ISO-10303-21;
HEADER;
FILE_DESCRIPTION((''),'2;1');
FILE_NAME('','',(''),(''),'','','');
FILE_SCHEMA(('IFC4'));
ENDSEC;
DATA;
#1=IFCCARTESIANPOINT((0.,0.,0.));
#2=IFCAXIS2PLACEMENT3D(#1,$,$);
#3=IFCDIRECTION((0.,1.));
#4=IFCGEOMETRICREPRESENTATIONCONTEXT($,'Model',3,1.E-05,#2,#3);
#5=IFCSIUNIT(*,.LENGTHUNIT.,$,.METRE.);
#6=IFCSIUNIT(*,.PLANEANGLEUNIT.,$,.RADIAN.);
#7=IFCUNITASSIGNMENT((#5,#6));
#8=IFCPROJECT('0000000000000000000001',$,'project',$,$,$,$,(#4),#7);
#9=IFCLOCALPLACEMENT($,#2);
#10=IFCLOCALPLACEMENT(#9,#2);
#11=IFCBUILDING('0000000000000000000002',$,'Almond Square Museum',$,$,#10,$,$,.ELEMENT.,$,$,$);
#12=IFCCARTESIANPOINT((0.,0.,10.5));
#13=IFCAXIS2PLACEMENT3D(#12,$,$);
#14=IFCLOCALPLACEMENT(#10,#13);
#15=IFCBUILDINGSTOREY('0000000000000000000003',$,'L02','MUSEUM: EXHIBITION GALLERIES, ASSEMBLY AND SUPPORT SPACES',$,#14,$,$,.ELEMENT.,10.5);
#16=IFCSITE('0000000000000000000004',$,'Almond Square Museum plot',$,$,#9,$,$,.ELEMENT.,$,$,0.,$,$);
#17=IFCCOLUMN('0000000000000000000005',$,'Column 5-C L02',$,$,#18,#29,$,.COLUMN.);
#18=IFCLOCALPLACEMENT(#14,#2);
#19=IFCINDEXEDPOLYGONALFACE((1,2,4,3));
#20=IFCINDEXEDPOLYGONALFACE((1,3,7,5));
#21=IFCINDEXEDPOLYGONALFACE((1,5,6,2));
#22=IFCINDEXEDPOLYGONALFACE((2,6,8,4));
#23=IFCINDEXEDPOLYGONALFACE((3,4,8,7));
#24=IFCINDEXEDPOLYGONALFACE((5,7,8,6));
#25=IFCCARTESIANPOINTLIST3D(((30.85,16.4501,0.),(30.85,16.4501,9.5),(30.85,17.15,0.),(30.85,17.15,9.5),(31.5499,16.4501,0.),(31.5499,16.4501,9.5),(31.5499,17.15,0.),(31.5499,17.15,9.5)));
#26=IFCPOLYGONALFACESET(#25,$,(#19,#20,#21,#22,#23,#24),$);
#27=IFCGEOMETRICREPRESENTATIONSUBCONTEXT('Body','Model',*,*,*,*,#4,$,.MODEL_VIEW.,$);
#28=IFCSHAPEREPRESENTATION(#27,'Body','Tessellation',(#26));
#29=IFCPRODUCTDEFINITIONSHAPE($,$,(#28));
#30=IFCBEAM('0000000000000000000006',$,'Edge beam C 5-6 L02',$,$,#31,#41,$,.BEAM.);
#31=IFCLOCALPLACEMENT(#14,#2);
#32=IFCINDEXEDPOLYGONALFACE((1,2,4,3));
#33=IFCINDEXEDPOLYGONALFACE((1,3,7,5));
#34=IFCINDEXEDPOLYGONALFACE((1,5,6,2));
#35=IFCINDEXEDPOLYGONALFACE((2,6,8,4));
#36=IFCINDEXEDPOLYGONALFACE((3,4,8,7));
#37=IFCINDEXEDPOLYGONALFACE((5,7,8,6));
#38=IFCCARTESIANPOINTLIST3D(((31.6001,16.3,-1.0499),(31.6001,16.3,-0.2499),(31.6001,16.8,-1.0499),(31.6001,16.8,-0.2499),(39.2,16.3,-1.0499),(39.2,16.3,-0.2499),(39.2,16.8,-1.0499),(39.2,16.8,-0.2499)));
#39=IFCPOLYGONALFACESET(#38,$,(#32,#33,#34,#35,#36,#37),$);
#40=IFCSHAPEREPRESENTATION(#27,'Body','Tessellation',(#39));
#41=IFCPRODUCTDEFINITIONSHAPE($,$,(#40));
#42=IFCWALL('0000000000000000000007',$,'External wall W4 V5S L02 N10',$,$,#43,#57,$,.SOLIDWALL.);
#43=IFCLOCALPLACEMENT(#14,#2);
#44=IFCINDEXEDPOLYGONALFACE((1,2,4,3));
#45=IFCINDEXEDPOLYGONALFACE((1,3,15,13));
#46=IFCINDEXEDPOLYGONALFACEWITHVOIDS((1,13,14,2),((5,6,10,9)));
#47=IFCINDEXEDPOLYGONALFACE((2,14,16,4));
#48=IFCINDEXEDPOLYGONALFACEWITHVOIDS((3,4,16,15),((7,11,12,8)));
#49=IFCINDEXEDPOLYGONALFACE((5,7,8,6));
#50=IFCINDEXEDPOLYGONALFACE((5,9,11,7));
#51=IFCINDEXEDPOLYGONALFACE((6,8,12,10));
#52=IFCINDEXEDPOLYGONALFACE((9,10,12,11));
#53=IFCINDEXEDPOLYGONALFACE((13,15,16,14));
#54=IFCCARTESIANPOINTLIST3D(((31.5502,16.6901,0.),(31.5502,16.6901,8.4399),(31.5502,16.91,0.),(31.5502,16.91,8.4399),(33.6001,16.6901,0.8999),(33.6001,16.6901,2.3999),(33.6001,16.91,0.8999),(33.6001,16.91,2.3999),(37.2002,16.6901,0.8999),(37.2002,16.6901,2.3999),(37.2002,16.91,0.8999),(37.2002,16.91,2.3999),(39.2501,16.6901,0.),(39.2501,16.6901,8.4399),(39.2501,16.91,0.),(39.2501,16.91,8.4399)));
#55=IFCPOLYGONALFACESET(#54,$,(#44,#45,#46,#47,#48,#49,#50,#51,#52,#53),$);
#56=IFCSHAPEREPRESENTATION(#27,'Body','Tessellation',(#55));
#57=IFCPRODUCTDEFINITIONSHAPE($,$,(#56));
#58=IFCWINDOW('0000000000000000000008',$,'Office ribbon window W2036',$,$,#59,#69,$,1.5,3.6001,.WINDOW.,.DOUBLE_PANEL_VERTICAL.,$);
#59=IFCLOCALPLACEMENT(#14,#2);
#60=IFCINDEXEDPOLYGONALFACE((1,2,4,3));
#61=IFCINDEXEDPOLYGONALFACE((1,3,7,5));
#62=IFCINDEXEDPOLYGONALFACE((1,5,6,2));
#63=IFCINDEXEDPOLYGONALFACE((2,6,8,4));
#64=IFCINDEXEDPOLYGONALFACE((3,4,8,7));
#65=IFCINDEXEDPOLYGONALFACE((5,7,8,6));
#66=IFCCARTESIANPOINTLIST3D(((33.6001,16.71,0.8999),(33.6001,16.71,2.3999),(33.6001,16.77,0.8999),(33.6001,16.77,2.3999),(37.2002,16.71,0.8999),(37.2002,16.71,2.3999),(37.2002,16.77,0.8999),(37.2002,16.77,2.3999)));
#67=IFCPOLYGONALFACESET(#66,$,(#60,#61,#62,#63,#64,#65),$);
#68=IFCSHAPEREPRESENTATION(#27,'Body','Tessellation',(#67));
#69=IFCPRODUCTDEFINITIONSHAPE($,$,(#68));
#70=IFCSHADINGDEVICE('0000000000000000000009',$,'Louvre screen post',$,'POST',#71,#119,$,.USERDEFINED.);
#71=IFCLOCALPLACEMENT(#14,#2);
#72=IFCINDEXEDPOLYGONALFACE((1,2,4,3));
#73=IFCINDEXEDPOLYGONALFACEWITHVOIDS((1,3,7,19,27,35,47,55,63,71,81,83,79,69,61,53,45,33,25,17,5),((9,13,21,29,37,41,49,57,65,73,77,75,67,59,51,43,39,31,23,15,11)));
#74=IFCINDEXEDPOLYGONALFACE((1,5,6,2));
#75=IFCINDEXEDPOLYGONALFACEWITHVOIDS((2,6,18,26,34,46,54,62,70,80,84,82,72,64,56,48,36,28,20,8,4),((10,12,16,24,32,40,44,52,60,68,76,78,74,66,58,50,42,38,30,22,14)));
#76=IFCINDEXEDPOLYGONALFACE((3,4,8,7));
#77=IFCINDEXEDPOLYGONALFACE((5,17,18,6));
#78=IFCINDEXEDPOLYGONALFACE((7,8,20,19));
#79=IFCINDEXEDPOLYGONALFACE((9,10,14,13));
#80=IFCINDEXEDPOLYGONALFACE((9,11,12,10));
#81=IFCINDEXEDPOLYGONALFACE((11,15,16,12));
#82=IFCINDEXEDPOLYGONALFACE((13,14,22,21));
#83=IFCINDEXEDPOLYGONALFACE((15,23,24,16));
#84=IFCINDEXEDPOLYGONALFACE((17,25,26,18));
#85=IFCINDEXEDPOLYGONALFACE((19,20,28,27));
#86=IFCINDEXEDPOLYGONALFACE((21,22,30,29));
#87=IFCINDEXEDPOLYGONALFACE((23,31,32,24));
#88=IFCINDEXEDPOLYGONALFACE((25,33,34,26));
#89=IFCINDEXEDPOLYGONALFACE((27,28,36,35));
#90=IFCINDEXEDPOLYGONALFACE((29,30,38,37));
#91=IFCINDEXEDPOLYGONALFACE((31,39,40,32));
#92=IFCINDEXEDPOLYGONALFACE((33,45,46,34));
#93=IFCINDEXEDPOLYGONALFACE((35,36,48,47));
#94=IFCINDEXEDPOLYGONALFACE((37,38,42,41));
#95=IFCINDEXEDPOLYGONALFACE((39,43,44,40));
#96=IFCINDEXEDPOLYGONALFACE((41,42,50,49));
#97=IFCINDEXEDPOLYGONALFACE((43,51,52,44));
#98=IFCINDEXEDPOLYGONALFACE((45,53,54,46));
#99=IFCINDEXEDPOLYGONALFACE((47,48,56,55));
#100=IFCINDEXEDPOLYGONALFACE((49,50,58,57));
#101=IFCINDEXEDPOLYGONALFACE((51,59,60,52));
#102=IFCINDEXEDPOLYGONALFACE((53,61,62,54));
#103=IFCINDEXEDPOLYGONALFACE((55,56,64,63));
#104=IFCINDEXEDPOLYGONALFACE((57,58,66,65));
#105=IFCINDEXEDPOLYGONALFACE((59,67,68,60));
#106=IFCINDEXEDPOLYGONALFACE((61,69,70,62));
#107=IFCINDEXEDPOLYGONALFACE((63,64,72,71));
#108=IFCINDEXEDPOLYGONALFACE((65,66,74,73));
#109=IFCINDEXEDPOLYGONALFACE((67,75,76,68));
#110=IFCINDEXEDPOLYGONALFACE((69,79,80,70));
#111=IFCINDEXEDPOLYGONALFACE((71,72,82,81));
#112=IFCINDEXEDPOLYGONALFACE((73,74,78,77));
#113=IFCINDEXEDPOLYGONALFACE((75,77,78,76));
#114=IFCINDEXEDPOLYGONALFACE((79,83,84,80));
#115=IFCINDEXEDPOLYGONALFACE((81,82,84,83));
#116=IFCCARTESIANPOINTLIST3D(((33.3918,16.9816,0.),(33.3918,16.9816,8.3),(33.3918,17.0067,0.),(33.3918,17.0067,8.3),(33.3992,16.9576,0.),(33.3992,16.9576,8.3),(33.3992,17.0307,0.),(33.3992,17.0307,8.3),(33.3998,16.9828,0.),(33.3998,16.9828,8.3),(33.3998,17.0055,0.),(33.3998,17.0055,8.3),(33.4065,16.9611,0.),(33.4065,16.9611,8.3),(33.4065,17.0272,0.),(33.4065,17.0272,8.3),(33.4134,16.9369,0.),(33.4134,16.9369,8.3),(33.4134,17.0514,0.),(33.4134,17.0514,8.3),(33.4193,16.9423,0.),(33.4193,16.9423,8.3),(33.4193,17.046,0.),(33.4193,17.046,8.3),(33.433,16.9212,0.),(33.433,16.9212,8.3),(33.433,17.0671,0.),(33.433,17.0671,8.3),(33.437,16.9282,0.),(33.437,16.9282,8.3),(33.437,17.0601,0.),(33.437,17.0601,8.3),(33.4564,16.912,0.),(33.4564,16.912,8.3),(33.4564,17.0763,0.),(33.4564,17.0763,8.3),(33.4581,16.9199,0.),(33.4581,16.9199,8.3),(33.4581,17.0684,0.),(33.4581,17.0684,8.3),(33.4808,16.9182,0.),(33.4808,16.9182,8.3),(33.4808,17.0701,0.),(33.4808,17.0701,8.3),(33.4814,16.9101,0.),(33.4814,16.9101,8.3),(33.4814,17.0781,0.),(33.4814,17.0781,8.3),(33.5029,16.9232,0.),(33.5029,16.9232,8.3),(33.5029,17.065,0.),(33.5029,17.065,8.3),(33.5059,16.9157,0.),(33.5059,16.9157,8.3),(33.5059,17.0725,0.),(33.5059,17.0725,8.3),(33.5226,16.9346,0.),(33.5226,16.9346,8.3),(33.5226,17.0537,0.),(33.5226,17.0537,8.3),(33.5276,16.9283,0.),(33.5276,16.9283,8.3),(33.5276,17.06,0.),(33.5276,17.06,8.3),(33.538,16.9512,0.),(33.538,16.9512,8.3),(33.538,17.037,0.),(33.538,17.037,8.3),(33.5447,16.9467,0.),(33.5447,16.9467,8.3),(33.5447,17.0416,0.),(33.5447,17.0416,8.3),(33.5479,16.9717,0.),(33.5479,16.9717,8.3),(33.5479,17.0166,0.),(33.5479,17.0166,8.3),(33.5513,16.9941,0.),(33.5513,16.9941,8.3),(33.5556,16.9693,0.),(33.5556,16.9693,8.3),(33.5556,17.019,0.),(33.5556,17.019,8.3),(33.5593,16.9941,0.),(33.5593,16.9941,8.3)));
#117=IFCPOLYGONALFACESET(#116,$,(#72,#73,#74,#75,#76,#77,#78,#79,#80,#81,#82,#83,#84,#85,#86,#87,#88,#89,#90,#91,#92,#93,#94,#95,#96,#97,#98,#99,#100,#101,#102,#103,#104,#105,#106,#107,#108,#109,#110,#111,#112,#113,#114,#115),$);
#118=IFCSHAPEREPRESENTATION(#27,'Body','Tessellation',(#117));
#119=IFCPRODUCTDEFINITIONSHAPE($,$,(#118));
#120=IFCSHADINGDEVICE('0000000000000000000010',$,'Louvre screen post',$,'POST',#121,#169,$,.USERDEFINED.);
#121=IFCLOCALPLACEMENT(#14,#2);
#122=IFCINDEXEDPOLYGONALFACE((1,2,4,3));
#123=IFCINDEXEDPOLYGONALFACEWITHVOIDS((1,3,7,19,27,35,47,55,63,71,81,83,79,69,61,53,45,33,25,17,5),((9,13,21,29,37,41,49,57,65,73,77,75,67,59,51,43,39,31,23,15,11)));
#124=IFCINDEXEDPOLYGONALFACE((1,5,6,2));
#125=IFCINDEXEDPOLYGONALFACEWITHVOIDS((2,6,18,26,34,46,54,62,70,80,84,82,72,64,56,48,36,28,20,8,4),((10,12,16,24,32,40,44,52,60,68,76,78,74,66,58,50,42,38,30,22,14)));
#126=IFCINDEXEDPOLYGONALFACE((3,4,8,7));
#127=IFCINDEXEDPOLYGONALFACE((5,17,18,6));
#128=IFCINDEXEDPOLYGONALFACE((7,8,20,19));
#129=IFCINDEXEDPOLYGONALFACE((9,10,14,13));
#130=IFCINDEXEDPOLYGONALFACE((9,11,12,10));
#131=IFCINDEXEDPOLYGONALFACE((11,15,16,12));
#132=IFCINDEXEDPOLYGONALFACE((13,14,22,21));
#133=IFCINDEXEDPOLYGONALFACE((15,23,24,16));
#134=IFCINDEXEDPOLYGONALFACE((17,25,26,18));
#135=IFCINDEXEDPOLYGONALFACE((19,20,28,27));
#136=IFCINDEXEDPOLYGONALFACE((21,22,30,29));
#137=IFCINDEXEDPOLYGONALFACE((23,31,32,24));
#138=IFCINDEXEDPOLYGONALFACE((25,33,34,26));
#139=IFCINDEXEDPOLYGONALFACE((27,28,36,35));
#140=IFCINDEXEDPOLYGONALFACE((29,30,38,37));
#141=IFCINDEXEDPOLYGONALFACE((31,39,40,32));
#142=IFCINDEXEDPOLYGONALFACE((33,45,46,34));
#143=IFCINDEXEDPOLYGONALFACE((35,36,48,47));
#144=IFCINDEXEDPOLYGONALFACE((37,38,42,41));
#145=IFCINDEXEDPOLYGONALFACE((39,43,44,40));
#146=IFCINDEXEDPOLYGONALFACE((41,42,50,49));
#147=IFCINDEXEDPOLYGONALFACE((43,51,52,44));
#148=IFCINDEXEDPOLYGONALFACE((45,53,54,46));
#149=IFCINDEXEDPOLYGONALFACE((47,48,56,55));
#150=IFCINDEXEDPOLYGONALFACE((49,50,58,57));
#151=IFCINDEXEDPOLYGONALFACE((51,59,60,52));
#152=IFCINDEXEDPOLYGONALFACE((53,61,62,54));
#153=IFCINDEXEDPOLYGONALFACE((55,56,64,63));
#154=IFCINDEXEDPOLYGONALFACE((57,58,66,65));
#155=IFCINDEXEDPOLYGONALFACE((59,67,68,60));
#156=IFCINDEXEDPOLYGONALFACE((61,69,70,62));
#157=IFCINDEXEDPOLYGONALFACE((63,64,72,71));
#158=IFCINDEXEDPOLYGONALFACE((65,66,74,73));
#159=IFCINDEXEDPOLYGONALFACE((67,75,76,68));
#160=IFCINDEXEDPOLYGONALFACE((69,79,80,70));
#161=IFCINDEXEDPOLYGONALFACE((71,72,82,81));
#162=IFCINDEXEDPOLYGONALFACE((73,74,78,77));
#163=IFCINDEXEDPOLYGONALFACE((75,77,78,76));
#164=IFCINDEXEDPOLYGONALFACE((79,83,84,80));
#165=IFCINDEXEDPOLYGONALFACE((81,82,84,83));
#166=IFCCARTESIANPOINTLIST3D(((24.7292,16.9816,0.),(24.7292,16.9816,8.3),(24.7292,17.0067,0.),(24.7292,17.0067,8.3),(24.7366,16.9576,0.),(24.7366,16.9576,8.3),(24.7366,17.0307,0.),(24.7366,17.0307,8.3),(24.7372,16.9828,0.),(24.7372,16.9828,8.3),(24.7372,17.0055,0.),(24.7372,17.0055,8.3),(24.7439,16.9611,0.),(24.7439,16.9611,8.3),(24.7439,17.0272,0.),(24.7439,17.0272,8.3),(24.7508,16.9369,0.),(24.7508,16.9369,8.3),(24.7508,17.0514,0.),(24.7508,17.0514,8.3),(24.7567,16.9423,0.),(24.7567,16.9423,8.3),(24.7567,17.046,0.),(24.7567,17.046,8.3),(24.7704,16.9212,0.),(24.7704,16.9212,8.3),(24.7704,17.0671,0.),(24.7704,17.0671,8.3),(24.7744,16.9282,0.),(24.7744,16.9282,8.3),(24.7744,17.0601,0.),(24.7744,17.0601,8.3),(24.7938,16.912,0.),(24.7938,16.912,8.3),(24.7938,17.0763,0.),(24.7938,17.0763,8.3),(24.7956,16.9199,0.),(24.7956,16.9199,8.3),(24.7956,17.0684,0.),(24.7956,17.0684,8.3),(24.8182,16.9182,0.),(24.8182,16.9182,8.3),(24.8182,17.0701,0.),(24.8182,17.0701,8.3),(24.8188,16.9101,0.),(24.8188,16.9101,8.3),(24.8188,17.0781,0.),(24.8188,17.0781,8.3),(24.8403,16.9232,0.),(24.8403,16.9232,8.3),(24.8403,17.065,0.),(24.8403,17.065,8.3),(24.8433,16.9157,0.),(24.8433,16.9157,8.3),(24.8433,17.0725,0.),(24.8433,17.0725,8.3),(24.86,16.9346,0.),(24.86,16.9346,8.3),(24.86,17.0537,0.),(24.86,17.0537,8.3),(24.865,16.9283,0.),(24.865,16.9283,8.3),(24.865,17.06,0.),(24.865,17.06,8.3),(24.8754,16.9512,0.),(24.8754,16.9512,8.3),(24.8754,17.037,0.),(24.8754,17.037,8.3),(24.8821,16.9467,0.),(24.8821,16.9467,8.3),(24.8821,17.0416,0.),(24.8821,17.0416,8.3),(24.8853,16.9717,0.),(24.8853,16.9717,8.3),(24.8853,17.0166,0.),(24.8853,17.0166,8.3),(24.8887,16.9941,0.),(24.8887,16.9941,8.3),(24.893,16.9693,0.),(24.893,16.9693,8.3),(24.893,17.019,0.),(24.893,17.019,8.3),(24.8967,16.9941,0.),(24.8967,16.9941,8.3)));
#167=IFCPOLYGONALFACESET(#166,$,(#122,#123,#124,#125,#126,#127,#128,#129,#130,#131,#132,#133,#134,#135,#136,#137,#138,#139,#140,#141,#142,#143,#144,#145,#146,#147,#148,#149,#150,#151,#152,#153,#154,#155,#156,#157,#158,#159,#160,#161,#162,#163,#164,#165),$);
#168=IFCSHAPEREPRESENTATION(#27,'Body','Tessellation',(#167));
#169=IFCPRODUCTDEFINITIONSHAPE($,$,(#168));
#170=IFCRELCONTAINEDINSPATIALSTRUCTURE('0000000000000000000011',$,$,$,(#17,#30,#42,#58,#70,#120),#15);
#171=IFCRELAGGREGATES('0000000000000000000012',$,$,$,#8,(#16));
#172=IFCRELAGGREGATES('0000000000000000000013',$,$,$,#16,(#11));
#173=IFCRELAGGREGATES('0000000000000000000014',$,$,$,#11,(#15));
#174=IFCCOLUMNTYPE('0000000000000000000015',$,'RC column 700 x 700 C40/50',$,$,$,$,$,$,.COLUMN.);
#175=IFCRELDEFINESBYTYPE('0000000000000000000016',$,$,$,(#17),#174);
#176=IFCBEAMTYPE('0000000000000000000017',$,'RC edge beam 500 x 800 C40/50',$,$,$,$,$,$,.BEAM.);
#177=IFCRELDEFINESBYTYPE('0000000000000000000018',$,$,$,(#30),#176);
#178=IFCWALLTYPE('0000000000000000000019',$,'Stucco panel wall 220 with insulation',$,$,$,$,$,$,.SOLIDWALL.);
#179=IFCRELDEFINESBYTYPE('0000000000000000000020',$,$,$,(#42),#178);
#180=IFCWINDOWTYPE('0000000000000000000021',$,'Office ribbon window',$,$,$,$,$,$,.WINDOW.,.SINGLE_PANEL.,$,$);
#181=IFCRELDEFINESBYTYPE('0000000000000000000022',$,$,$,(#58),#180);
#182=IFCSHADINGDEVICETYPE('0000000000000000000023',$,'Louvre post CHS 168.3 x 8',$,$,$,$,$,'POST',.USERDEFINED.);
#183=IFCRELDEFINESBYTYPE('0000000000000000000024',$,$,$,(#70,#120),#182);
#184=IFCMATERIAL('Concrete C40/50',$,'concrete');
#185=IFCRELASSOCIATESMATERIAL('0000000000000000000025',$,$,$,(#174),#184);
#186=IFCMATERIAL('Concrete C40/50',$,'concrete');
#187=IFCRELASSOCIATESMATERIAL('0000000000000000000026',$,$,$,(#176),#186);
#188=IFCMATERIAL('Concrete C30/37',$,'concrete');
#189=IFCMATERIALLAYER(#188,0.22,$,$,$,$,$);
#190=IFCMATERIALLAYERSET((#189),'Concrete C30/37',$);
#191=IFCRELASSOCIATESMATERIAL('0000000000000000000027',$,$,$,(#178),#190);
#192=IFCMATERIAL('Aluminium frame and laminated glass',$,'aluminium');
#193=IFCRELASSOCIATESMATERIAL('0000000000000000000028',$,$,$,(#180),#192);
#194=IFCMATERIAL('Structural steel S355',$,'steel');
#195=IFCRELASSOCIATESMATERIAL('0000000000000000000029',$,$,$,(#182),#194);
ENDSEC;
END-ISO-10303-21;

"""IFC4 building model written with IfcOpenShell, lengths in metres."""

from ifc_helpers import new_model, si_unit, direction, frame, frame_2d, origin, origin_2d, place, context, subcontext, project, spatial, rectangle, hollow_circle, extrude, material, layer, layer_set, material_profile, profile_set, type_object, element, fill, save


model = new_model("IFC4")

# Units and contexts
model_context = context("Model", 3, precision=1e-05, world=origin(), true_north=direction((0.0, 1.0)))
body_context = subcontext(model_context, "Body", "Model", "MODEL_VIEW")
ifc_project = project(units=[si_unit("LENGTHUNIT", "METRE"), si_unit("PLANEANGLEUNIT", "RADIAN")], contexts=[model_context])

# Site, building, storey
site_placement = place(None, origin())
site = spatial("IfcSite", under=ifc_project, at=site_placement, Name="Almond Square Museum plot", CompositionType="ELEMENT", RefElevation=0.0)
building_placement = place(site_placement, origin())
building = spatial("IfcBuilding", under=site, at=building_placement, Name="Almond Square Museum", CompositionType="ELEMENT")
storey_placement = place(building_placement, frame((0.0, 0.0, 10.5)))
storey = spatial("IfcBuildingStorey", under=building, at=storey_placement, Name="L02", Description="MUSEUM: EXHIBITION GALLERIES, ASSEMBLY AND SUPPORT SPACES", CompositionType="ELEMENT", Elevation=10.5)

# Column
ifc_material_1 = material(Name="Concrete C40/50", Category="concrete")
ifc_material_profile_1 = material_profile(ifc_material_1, rectangle(XDim=0.7, YDim=0.7, at=origin_2d()))
ifc_profile_set_1 = profile_set([ifc_material_profile_1], Name="Concrete C40/50")
column_type = type_object("IfcColumnType", Name="RC column 700 x 700 C40/50", PredefinedType="COLUMN", material=ifc_profile_set_1)
column_placement = place(storey_placement, frame((31.2, 16.8, 0.0), z_axis=(0.0, 0.0, 1.0), x_axis=(1.0, 0.0, 0.0)))
element("IfcColumn", 1, at=column_placement, inside=storey, type_object=column_type, Name="Column 5-C L02", PredefinedType="COLUMN", context=body_context, shape_type="SweptSolid", body=[
    extrude(rectangle(XDim=0.7, YDim=0.7, at=origin_2d()), origin(), (0.0, 0.0, 1.0), 9.5),
])

# Beam
ifc_material_2 = material(Name="Concrete C40/50", Category="concrete")
ifc_material_profile_2 = material_profile(ifc_material_2, rectangle(XDim=0.5, YDim=0.8, at=origin_2d()))
ifc_profile_set_2 = profile_set([ifc_material_profile_2], Name="Concrete C40/50")
beam_type = type_object("IfcBeamType", Name="RC edge beam 500 x 800 C40/50", PredefinedType="BEAM", material=ifc_profile_set_2)
beam_placement = place(storey_placement, frame((31.6001, 16.55, -0.6499), z_axis=(1.0, 0.0, 0.0), x_axis=(0.0, 1.0, 0.0)))
element("IfcBeam", 2, at=beam_placement, inside=storey, type_object=beam_type, Name="Edge beam C 5-6 L02", PredefinedType="BEAM", context=body_context, shape_type="SweptSolid", body=[
    extrude(rectangle(XDim=0.5, YDim=0.8, at=origin_2d()), origin(), (0.0, 0.0, 1.0), 7.5999),
])

# Wall, opening, window
ifc_material_3 = material(Name="Concrete C30/37", Category="concrete")
ifc_layer = layer(ifc_material_3, 0.22)
ifc_layer_set = layer_set([ifc_layer], Name="Concrete C30/37")
wall_type = type_object("IfcWallType", Name="Stucco panel wall 220 with insulation", PredefinedType="SOLIDWALL", material=ifc_layer_set)
wall_placement = place(storey_placement, frame((31.55, 16.8, 0.0), z_axis=(0.0, 0.0, 1.0), x_axis=(1.0, 0.0, 0.0)))
wall = element("IfcWall", 3, at=wall_placement, inside=storey, type_object=wall_type, Name="External wall W4 V5S L02 N10", PredefinedType="SOLIDWALL", context=body_context, shape_type="SweptSolid", body=[
    extrude(rectangle(XDim=7.7, YDim=0.22, at=frame_2d((3.8501, 0.0))), origin(), (0.0, 0.0, 1.0), 8.4399),
])
opening_placement = place(wall_placement, frame((2.05, 0.0, 0.8999)))
opening = element("IfcOpeningElement", 4, at=opening_placement, cuts=wall, PredefinedType="OPENING", context=body_context, shape_type="SweptSolid", body=[
    extrude(rectangle(XDim=3.6001, YDim=1.5, at=frame_2d((1.8, 0.75))), frame((0.0, 0.1199, 0.0), z_axis=(0.0, -1.0, 0.0), x_axis=(1.0, 0.0, 0.0)), (0.0, 0.0, 1.0), 0.24),
])
ifc_material_4 = material(Name="Aluminium frame and laminated glass", Category="aluminium")
window_type = type_object("IfcWindowType", Name="Office ribbon window", PartitioningType="SINGLE_PANEL", PredefinedType="WINDOW", material=ifc_material_4)
window_placement = place(opening_placement, origin())
window = element("IfcWindow", 5, at=window_placement, inside=storey, type_object=window_type, Name="Office ribbon window W2036", OverallHeight=1.5, OverallWidth=3.6001, PartitioningType="DOUBLE_PANEL_VERTICAL", PredefinedType="WINDOW", context=body_context, shape_type="SweptSolid", body=[
    extrude(rectangle(XDim=3.6001, YDim=1.5, at=frame_2d((1.8, 0.75))), frame((0.0, -0.03, 0.0), z_axis=(0.0, -1.0, 0.0), x_axis=(1.0, 0.0, 0.0)), (0.0, 0.0, 1.0), 0.0601),
])
fill(opening, window)

# Shading devices
ifc_material_5 = material(Name="Structural steel S355", Category="steel")
ifc_material_profile_3 = material_profile(ifc_material_5, hollow_circle(Radius=0.0842, WallThickness=0.0081, at=origin_2d()))
ifc_profile_set_3 = profile_set([ifc_material_profile_3], Name="Structural steel S355")
shading_device_type = type_object("IfcShadingDeviceType", Name="Louvre post CHS 168.3 x 8", ElementType="POST", PredefinedType="USERDEFINED", material=ifc_profile_set_3)
for number, where, z_axis, x_axis, name in (
    (6, (33.4751, 16.9941, 0.0), (0.0, 0.0, 1.0), (1.0, 0.0, 0.0), "Louvre screen post"),
    (7, (24.8125, 16.9941, 0.0), (0.0, 0.0, 1.0), (1.0, 0.0, 0.0), "Louvre screen post"),
):
    element("IfcShadingDevice", number, at=place(storey_placement, frame(where, z_axis=z_axis, x_axis=x_axis)), inside=storey, type_object=shading_device_type, Name=name, ObjectType="POST", PredefinedType="USERDEFINED", context=body_context, shape_type="SweptSolid", body=[
        extrude(hollow_circle(Radius=0.0842, WallThickness=0.0081, at=origin_2d()), origin(), (0.0, 0.0, 1.0), 8.3),
    ])

save(model, "model.ifc")
